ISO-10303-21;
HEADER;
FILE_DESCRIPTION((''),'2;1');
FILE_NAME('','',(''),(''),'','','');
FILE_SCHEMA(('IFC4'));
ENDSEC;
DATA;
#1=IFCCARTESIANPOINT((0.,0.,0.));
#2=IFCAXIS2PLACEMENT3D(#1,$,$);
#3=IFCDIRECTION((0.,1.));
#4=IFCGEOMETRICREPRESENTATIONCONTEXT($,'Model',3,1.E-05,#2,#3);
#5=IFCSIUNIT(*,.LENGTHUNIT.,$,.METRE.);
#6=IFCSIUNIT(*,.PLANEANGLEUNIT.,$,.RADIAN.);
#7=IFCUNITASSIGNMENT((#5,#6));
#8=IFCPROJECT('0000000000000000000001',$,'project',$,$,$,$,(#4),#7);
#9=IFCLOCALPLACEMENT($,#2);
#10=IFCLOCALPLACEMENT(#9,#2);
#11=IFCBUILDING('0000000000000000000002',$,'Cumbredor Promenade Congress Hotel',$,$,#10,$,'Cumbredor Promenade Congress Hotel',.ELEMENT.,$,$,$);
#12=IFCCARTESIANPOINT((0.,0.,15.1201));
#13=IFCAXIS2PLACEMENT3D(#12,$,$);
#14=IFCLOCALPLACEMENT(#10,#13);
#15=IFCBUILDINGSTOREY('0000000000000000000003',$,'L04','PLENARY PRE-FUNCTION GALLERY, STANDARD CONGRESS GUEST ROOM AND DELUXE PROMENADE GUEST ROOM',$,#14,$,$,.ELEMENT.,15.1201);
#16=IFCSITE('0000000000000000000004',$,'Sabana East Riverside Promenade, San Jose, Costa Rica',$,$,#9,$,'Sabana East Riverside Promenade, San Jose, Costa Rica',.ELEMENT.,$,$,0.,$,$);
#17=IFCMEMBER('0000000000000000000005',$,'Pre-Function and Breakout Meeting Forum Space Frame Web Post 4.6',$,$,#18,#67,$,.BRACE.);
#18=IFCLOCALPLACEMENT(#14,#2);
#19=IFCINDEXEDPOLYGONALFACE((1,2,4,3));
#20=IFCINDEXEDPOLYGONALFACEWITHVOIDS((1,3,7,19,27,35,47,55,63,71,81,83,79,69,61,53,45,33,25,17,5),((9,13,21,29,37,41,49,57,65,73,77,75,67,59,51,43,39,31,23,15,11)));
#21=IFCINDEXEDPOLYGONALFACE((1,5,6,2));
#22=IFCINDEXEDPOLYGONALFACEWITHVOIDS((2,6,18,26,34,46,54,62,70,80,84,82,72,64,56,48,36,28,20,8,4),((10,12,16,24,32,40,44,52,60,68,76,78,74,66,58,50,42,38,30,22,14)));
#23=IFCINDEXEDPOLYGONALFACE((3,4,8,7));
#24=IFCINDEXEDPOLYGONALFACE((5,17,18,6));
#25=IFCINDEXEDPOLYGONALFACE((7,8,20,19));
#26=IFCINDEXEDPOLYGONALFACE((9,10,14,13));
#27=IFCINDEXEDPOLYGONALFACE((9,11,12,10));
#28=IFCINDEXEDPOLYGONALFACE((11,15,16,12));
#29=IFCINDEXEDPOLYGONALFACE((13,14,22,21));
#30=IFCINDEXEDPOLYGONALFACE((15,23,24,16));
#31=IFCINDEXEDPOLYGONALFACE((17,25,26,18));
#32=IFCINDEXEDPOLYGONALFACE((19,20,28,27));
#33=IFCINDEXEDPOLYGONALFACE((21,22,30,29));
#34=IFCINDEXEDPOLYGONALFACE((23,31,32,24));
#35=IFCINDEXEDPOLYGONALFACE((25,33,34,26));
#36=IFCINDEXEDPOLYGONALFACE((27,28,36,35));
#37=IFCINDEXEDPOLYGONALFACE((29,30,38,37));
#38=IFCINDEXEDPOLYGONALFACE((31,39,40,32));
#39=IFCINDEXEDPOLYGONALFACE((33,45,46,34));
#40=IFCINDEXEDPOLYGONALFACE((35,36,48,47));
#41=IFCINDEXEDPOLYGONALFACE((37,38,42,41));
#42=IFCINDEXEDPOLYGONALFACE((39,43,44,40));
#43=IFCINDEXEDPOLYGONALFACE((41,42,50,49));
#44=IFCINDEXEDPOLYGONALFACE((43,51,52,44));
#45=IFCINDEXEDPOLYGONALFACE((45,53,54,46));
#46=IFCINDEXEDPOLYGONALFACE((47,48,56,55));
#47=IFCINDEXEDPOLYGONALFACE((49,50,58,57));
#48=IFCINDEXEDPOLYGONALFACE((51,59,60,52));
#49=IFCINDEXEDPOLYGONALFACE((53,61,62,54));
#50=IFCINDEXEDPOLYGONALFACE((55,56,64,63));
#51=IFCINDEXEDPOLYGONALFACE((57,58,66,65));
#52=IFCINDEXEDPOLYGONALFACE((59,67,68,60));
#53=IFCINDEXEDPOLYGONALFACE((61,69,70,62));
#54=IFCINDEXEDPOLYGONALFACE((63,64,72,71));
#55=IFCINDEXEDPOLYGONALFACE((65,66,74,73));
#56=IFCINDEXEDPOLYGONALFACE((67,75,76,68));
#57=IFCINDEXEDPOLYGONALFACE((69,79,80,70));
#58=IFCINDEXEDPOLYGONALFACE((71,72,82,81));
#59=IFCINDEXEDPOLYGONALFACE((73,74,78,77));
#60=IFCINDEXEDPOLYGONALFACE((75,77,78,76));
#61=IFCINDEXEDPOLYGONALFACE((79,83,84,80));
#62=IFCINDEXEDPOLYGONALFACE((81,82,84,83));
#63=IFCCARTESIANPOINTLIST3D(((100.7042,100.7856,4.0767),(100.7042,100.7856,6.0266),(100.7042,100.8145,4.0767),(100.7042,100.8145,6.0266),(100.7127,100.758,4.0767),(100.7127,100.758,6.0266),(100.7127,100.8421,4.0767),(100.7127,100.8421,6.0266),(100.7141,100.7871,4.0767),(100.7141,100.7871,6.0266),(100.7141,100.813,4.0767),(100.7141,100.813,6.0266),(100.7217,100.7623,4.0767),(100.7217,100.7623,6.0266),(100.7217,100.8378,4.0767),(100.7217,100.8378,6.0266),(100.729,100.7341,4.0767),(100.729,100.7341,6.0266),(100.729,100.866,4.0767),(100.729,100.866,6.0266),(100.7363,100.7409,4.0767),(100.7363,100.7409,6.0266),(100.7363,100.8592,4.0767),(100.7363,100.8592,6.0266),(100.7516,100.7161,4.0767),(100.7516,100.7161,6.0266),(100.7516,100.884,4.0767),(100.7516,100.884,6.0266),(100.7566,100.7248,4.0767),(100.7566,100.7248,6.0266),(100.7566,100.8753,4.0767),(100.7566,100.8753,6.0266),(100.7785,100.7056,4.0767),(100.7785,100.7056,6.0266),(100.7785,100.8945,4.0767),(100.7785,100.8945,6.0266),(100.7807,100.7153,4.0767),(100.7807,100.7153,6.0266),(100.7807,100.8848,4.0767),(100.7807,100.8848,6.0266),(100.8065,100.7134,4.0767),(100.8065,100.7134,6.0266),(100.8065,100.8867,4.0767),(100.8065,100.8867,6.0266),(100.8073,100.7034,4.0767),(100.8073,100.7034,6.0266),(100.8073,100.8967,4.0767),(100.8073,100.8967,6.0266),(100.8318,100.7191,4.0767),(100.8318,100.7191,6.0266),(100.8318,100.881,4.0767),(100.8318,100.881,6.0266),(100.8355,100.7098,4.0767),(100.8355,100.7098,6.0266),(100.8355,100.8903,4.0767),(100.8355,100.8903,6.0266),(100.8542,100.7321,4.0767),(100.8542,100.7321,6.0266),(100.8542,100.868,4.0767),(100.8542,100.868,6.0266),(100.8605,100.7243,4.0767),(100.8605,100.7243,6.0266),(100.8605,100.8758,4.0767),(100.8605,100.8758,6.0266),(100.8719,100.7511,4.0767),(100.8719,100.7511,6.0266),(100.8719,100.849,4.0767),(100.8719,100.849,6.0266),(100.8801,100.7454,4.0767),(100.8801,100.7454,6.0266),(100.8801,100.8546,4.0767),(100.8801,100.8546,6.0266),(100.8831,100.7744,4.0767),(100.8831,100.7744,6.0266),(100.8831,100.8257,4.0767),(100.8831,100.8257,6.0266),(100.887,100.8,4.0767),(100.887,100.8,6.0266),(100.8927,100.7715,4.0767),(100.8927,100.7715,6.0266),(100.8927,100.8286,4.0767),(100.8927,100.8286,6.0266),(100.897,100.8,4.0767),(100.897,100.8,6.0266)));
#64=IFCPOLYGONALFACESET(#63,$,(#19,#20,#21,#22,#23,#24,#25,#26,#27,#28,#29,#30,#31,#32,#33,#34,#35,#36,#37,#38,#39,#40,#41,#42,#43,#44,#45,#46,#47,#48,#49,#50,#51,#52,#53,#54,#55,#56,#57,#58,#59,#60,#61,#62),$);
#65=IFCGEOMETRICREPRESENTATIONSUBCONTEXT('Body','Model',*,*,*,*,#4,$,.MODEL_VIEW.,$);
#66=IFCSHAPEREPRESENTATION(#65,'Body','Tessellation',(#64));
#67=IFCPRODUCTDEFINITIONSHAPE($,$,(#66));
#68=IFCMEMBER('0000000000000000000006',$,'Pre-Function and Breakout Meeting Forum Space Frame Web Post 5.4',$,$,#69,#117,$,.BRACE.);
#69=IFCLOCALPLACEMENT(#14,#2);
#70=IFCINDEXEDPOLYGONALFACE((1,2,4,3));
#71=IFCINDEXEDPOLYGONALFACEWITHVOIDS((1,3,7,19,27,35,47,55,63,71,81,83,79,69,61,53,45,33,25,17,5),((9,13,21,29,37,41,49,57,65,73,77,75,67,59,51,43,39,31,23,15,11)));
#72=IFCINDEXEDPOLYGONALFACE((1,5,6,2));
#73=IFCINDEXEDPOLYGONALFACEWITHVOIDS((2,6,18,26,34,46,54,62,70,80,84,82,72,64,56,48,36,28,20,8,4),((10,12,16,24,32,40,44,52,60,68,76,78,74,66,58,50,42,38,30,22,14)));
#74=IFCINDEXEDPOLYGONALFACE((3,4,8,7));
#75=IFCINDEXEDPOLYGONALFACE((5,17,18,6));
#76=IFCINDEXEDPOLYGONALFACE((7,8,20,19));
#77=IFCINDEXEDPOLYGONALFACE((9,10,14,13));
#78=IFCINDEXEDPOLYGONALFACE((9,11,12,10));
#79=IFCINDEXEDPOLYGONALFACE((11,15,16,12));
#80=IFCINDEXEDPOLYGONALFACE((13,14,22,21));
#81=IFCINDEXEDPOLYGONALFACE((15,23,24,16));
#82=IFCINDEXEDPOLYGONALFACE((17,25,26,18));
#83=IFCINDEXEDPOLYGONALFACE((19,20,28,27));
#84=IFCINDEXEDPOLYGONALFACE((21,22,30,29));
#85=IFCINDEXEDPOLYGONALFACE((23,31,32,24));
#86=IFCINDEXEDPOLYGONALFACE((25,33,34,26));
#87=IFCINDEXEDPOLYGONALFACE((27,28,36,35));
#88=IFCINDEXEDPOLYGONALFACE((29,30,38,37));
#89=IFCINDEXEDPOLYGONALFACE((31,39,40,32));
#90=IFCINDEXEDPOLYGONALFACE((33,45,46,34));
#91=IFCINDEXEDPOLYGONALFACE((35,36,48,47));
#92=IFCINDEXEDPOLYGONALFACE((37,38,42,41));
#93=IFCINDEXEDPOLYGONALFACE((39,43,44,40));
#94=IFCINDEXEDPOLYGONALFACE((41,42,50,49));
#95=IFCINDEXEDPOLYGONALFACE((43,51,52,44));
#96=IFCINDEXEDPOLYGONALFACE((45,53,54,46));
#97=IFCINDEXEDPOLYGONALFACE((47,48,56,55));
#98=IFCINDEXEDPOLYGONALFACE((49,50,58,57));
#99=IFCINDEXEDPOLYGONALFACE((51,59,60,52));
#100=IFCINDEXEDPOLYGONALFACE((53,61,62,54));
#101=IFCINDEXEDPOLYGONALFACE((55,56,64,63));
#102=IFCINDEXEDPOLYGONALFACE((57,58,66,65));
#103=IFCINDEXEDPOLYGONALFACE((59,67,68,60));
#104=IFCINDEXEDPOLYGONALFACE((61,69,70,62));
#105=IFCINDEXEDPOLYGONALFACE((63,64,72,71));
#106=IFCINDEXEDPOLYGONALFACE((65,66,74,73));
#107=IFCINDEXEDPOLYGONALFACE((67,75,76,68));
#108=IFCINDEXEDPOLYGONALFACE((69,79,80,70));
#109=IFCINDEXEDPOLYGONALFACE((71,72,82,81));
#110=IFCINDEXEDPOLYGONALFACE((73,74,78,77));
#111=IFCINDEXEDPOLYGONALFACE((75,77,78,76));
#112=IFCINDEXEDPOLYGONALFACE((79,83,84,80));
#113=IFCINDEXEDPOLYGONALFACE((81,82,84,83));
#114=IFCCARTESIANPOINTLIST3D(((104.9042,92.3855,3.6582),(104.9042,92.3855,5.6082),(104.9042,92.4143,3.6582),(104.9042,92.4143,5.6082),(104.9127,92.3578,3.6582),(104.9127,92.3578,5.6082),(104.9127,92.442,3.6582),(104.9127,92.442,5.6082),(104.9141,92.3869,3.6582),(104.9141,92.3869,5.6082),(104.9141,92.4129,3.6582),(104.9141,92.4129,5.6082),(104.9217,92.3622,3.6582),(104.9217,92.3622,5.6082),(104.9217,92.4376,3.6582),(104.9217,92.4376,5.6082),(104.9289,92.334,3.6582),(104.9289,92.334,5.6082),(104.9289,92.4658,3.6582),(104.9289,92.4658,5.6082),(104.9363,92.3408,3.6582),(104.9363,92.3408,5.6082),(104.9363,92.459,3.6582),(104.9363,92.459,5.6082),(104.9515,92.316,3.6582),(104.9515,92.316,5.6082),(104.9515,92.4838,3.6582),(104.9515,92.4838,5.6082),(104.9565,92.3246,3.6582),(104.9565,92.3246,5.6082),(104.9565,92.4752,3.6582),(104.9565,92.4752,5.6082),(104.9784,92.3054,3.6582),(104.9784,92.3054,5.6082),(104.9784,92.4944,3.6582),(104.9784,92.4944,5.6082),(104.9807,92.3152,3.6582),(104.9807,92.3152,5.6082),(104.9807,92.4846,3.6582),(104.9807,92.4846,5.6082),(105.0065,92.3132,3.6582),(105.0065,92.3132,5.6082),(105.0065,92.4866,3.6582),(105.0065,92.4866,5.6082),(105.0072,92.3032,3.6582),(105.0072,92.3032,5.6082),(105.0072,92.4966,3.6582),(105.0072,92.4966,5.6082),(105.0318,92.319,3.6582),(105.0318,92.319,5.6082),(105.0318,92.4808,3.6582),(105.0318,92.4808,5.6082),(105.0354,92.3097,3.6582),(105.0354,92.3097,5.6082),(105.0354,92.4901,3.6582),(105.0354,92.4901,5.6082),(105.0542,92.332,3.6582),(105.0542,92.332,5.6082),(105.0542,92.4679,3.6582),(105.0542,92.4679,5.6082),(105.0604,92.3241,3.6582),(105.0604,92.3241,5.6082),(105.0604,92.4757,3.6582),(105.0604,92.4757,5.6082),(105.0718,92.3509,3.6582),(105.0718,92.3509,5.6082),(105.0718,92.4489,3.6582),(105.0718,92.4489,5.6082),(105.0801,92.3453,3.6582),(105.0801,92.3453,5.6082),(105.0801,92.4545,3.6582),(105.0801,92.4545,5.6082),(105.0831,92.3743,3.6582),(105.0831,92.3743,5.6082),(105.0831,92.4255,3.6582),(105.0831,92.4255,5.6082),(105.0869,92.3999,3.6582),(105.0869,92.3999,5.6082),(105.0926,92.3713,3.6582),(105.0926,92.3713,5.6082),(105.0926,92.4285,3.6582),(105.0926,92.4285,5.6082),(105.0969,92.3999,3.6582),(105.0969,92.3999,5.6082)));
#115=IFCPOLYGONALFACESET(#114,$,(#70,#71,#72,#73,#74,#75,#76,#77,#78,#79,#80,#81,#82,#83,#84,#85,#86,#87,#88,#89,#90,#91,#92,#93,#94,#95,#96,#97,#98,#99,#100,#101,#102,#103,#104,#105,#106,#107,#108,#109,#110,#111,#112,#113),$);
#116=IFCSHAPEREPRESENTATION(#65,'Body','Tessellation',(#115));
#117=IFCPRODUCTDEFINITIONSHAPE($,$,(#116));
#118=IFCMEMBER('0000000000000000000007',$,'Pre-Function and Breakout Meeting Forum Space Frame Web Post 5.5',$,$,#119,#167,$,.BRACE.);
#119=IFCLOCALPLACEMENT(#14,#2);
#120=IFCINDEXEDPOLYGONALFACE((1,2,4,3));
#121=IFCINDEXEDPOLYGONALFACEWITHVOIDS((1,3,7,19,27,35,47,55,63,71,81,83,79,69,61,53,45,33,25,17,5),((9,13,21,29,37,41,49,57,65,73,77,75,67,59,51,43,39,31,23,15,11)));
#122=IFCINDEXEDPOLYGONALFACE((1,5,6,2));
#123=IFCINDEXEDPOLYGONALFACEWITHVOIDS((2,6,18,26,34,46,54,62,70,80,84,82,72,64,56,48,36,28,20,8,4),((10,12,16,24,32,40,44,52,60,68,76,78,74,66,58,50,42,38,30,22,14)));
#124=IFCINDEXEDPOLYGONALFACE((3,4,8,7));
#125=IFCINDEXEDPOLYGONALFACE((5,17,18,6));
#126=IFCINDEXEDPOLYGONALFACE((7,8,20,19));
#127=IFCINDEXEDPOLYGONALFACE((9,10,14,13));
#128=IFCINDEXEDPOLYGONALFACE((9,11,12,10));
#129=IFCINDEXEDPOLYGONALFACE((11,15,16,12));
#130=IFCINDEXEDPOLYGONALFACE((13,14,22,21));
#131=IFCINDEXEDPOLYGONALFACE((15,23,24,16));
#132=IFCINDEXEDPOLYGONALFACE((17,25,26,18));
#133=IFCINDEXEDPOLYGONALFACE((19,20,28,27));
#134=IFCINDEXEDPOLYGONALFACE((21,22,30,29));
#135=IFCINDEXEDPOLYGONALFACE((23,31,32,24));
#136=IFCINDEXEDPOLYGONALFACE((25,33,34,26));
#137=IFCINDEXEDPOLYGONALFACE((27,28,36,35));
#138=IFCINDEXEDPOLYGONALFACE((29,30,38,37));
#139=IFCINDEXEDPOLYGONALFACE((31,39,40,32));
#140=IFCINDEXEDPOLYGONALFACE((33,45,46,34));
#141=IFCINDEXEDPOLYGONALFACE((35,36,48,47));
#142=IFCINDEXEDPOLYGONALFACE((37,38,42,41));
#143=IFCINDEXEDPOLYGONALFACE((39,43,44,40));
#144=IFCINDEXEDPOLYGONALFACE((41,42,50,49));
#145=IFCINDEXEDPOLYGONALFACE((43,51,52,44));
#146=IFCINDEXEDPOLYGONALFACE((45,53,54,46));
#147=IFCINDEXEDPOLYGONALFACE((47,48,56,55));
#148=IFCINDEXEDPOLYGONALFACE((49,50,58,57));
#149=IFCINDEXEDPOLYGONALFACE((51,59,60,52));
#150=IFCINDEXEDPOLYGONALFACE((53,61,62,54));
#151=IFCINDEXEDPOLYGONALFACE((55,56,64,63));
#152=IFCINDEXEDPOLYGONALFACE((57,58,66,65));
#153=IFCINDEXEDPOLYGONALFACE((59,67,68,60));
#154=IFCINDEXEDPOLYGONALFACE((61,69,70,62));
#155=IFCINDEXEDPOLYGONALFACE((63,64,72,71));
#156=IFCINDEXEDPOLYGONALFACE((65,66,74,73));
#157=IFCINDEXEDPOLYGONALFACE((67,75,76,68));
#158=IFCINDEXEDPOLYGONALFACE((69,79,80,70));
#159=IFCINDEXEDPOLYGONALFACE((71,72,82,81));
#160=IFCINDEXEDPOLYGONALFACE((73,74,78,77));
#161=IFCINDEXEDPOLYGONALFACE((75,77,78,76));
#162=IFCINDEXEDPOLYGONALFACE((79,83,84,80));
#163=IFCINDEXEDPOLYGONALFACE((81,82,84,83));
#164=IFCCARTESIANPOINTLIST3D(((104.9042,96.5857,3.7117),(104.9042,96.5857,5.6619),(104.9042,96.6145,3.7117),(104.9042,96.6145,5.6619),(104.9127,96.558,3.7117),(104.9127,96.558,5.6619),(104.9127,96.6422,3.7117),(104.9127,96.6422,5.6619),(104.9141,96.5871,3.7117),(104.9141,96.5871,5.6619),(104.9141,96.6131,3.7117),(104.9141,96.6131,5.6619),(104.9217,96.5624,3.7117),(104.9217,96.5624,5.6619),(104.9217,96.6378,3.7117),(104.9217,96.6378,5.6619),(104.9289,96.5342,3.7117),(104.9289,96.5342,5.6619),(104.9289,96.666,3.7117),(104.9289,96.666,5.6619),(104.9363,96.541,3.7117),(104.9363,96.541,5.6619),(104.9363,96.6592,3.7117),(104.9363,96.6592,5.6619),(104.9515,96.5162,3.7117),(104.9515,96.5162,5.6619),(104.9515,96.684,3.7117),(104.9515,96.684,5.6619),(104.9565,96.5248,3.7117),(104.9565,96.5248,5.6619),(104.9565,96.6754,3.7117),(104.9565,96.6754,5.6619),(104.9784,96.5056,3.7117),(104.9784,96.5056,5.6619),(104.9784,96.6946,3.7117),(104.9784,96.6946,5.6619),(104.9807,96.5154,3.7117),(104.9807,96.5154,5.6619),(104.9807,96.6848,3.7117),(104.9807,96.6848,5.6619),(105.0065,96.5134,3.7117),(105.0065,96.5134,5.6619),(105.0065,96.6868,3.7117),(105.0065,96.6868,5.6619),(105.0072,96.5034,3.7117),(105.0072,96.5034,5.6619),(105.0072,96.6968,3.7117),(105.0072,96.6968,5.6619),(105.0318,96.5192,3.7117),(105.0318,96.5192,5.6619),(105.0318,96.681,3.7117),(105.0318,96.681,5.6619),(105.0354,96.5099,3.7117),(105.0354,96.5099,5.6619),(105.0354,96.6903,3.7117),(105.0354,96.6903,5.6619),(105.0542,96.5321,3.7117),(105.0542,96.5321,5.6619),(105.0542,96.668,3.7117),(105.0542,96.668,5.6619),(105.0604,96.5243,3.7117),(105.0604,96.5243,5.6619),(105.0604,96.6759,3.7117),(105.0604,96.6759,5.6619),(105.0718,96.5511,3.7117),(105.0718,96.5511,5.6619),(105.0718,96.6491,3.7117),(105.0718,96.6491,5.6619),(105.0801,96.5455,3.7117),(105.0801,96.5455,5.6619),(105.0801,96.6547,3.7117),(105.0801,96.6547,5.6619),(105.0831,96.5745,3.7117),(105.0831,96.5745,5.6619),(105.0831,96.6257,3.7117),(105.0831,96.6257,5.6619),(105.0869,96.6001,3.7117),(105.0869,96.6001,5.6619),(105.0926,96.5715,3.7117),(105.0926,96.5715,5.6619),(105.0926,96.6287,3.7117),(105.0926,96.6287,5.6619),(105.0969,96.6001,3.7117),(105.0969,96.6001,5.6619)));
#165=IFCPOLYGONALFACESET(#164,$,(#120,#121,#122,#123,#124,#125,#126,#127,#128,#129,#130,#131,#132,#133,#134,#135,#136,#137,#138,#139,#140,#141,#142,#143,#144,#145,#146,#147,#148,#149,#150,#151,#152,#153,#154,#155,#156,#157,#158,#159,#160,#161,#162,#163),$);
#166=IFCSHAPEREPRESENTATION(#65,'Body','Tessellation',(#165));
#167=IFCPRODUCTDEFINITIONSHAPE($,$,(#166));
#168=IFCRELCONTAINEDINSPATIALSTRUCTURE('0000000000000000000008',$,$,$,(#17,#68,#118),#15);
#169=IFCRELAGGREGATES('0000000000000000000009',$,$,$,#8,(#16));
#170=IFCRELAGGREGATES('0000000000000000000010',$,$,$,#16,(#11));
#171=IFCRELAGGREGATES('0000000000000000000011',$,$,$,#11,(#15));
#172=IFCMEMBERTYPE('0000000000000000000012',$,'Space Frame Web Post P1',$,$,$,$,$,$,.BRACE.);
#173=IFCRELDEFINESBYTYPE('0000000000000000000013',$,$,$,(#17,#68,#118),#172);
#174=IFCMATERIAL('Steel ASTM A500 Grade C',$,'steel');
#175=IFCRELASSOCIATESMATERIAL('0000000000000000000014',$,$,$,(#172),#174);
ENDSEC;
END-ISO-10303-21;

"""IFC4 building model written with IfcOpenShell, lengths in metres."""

from ifc_helpers import new_model, si_unit, direction, frame, origin, origin_2d, place, context, subcontext, project, spatial, hollow_circle, extrude, material, material_profile, profile_set, type_object, element, save


model = new_model("IFC4")

# Units and contexts
model_context = context("Model", 3, precision=1e-05, world=origin(), true_north=direction((0.0, 1.0)))
body_context = subcontext(model_context, "Body", "Model", "MODEL_VIEW")
ifc_project = project(units=[si_unit("LENGTHUNIT", "METRE"), si_unit("PLANEANGLEUNIT", "RADIAN")], contexts=[model_context])

# Site, building, storey
site_placement = place(None, origin())
site = spatial("IfcSite", under=ifc_project, at=site_placement, Name="Sabana East Riverside Promenade, San Jose, Costa Rica", LongName="Sabana East Riverside Promenade, San Jose, Costa Rica", CompositionType="ELEMENT", RefElevation=0.0)
building_placement = place(site_placement, origin())
building = spatial("IfcBuilding", under=site, at=building_placement, Name="Cumbredor Promenade Congress Hotel", LongName="Cumbredor Promenade Congress Hotel", CompositionType="ELEMENT")
storey_placement = place(building_placement, frame((0.0, 0.0, 15.1201)))
storey = spatial("IfcBuildingStorey", under=building, at=storey_placement, Name="L04", Description="PLENARY PRE-FUNCTION GALLERY, STANDARD CONGRESS GUEST ROOM AND DELUXE PROMENADE GUEST ROOM", CompositionType="ELEMENT", Elevation=15.1201)

# Members
ifc_material_1 = material(Name="Steel ASTM A500 Grade C", Category="steel")
ifc_material_profile_1 = material_profile(ifc_material_1, hollow_circle(Radius=0.0969, WallThickness=0.01, at=origin_2d()), Name="CHS 193.7x10")
ifc_profile_set_1 = profile_set([ifc_material_profile_1], Name="Steel ASTM A500 Grade C")
member_type_1 = type_object("IfcMemberType", Name="Space Frame Web Post P1", PredefinedType="BRACE", material=ifc_profile_set_1)
for number, where, z_axis, x_axis, name in (
    (1, (100.8, 100.8, 4.0767), (0.0, 0.0, 1.0), (1.0, 0.0, 0.0), "Pre-Function and Breakout Meeting Forum Space Frame Web Post 4.6"),
    (2, (105.0, 92.3999, 3.6582), (0.0, 0.0, 1.0), (1.0, 0.0, 0.0), "Pre-Function and Breakout Meeting Forum Space Frame Web Post 5.4"),
):
    element("IfcMember", number, at=place(storey_placement, frame(where, z_axis=z_axis, x_axis=x_axis)), inside=storey, type_object=member_type_1, Name=name, PredefinedType="BRACE", context=body_context, shape_type="SweptSolid", body=[
        extrude(hollow_circle(Radius=0.0969, WallThickness=0.01, at=origin_2d()), origin(), (0.0, 0.0, 1.0), 1.95),
    ])
member_1_placement = place(storey_placement, frame((105.0, 96.6001, 3.7117), z_axis=(0.0, 0.0, 1.0), x_axis=(1.0, 0.0, 0.0)))
element("IfcMember", 3, at=member_1_placement, inside=storey, type_object=member_type_1, Name="Pre-Function and Breakout Meeting Forum Space Frame Web Post 5.5", PredefinedType="BRACE", context=body_context, shape_type="SweptSolid", body=[
    extrude(hollow_circle(Radius=0.0969, WallThickness=0.01, at=origin_2d()), origin(), (0.0, 0.0, 1.0), 1.9502),
])

save(model, "model.ifc")
